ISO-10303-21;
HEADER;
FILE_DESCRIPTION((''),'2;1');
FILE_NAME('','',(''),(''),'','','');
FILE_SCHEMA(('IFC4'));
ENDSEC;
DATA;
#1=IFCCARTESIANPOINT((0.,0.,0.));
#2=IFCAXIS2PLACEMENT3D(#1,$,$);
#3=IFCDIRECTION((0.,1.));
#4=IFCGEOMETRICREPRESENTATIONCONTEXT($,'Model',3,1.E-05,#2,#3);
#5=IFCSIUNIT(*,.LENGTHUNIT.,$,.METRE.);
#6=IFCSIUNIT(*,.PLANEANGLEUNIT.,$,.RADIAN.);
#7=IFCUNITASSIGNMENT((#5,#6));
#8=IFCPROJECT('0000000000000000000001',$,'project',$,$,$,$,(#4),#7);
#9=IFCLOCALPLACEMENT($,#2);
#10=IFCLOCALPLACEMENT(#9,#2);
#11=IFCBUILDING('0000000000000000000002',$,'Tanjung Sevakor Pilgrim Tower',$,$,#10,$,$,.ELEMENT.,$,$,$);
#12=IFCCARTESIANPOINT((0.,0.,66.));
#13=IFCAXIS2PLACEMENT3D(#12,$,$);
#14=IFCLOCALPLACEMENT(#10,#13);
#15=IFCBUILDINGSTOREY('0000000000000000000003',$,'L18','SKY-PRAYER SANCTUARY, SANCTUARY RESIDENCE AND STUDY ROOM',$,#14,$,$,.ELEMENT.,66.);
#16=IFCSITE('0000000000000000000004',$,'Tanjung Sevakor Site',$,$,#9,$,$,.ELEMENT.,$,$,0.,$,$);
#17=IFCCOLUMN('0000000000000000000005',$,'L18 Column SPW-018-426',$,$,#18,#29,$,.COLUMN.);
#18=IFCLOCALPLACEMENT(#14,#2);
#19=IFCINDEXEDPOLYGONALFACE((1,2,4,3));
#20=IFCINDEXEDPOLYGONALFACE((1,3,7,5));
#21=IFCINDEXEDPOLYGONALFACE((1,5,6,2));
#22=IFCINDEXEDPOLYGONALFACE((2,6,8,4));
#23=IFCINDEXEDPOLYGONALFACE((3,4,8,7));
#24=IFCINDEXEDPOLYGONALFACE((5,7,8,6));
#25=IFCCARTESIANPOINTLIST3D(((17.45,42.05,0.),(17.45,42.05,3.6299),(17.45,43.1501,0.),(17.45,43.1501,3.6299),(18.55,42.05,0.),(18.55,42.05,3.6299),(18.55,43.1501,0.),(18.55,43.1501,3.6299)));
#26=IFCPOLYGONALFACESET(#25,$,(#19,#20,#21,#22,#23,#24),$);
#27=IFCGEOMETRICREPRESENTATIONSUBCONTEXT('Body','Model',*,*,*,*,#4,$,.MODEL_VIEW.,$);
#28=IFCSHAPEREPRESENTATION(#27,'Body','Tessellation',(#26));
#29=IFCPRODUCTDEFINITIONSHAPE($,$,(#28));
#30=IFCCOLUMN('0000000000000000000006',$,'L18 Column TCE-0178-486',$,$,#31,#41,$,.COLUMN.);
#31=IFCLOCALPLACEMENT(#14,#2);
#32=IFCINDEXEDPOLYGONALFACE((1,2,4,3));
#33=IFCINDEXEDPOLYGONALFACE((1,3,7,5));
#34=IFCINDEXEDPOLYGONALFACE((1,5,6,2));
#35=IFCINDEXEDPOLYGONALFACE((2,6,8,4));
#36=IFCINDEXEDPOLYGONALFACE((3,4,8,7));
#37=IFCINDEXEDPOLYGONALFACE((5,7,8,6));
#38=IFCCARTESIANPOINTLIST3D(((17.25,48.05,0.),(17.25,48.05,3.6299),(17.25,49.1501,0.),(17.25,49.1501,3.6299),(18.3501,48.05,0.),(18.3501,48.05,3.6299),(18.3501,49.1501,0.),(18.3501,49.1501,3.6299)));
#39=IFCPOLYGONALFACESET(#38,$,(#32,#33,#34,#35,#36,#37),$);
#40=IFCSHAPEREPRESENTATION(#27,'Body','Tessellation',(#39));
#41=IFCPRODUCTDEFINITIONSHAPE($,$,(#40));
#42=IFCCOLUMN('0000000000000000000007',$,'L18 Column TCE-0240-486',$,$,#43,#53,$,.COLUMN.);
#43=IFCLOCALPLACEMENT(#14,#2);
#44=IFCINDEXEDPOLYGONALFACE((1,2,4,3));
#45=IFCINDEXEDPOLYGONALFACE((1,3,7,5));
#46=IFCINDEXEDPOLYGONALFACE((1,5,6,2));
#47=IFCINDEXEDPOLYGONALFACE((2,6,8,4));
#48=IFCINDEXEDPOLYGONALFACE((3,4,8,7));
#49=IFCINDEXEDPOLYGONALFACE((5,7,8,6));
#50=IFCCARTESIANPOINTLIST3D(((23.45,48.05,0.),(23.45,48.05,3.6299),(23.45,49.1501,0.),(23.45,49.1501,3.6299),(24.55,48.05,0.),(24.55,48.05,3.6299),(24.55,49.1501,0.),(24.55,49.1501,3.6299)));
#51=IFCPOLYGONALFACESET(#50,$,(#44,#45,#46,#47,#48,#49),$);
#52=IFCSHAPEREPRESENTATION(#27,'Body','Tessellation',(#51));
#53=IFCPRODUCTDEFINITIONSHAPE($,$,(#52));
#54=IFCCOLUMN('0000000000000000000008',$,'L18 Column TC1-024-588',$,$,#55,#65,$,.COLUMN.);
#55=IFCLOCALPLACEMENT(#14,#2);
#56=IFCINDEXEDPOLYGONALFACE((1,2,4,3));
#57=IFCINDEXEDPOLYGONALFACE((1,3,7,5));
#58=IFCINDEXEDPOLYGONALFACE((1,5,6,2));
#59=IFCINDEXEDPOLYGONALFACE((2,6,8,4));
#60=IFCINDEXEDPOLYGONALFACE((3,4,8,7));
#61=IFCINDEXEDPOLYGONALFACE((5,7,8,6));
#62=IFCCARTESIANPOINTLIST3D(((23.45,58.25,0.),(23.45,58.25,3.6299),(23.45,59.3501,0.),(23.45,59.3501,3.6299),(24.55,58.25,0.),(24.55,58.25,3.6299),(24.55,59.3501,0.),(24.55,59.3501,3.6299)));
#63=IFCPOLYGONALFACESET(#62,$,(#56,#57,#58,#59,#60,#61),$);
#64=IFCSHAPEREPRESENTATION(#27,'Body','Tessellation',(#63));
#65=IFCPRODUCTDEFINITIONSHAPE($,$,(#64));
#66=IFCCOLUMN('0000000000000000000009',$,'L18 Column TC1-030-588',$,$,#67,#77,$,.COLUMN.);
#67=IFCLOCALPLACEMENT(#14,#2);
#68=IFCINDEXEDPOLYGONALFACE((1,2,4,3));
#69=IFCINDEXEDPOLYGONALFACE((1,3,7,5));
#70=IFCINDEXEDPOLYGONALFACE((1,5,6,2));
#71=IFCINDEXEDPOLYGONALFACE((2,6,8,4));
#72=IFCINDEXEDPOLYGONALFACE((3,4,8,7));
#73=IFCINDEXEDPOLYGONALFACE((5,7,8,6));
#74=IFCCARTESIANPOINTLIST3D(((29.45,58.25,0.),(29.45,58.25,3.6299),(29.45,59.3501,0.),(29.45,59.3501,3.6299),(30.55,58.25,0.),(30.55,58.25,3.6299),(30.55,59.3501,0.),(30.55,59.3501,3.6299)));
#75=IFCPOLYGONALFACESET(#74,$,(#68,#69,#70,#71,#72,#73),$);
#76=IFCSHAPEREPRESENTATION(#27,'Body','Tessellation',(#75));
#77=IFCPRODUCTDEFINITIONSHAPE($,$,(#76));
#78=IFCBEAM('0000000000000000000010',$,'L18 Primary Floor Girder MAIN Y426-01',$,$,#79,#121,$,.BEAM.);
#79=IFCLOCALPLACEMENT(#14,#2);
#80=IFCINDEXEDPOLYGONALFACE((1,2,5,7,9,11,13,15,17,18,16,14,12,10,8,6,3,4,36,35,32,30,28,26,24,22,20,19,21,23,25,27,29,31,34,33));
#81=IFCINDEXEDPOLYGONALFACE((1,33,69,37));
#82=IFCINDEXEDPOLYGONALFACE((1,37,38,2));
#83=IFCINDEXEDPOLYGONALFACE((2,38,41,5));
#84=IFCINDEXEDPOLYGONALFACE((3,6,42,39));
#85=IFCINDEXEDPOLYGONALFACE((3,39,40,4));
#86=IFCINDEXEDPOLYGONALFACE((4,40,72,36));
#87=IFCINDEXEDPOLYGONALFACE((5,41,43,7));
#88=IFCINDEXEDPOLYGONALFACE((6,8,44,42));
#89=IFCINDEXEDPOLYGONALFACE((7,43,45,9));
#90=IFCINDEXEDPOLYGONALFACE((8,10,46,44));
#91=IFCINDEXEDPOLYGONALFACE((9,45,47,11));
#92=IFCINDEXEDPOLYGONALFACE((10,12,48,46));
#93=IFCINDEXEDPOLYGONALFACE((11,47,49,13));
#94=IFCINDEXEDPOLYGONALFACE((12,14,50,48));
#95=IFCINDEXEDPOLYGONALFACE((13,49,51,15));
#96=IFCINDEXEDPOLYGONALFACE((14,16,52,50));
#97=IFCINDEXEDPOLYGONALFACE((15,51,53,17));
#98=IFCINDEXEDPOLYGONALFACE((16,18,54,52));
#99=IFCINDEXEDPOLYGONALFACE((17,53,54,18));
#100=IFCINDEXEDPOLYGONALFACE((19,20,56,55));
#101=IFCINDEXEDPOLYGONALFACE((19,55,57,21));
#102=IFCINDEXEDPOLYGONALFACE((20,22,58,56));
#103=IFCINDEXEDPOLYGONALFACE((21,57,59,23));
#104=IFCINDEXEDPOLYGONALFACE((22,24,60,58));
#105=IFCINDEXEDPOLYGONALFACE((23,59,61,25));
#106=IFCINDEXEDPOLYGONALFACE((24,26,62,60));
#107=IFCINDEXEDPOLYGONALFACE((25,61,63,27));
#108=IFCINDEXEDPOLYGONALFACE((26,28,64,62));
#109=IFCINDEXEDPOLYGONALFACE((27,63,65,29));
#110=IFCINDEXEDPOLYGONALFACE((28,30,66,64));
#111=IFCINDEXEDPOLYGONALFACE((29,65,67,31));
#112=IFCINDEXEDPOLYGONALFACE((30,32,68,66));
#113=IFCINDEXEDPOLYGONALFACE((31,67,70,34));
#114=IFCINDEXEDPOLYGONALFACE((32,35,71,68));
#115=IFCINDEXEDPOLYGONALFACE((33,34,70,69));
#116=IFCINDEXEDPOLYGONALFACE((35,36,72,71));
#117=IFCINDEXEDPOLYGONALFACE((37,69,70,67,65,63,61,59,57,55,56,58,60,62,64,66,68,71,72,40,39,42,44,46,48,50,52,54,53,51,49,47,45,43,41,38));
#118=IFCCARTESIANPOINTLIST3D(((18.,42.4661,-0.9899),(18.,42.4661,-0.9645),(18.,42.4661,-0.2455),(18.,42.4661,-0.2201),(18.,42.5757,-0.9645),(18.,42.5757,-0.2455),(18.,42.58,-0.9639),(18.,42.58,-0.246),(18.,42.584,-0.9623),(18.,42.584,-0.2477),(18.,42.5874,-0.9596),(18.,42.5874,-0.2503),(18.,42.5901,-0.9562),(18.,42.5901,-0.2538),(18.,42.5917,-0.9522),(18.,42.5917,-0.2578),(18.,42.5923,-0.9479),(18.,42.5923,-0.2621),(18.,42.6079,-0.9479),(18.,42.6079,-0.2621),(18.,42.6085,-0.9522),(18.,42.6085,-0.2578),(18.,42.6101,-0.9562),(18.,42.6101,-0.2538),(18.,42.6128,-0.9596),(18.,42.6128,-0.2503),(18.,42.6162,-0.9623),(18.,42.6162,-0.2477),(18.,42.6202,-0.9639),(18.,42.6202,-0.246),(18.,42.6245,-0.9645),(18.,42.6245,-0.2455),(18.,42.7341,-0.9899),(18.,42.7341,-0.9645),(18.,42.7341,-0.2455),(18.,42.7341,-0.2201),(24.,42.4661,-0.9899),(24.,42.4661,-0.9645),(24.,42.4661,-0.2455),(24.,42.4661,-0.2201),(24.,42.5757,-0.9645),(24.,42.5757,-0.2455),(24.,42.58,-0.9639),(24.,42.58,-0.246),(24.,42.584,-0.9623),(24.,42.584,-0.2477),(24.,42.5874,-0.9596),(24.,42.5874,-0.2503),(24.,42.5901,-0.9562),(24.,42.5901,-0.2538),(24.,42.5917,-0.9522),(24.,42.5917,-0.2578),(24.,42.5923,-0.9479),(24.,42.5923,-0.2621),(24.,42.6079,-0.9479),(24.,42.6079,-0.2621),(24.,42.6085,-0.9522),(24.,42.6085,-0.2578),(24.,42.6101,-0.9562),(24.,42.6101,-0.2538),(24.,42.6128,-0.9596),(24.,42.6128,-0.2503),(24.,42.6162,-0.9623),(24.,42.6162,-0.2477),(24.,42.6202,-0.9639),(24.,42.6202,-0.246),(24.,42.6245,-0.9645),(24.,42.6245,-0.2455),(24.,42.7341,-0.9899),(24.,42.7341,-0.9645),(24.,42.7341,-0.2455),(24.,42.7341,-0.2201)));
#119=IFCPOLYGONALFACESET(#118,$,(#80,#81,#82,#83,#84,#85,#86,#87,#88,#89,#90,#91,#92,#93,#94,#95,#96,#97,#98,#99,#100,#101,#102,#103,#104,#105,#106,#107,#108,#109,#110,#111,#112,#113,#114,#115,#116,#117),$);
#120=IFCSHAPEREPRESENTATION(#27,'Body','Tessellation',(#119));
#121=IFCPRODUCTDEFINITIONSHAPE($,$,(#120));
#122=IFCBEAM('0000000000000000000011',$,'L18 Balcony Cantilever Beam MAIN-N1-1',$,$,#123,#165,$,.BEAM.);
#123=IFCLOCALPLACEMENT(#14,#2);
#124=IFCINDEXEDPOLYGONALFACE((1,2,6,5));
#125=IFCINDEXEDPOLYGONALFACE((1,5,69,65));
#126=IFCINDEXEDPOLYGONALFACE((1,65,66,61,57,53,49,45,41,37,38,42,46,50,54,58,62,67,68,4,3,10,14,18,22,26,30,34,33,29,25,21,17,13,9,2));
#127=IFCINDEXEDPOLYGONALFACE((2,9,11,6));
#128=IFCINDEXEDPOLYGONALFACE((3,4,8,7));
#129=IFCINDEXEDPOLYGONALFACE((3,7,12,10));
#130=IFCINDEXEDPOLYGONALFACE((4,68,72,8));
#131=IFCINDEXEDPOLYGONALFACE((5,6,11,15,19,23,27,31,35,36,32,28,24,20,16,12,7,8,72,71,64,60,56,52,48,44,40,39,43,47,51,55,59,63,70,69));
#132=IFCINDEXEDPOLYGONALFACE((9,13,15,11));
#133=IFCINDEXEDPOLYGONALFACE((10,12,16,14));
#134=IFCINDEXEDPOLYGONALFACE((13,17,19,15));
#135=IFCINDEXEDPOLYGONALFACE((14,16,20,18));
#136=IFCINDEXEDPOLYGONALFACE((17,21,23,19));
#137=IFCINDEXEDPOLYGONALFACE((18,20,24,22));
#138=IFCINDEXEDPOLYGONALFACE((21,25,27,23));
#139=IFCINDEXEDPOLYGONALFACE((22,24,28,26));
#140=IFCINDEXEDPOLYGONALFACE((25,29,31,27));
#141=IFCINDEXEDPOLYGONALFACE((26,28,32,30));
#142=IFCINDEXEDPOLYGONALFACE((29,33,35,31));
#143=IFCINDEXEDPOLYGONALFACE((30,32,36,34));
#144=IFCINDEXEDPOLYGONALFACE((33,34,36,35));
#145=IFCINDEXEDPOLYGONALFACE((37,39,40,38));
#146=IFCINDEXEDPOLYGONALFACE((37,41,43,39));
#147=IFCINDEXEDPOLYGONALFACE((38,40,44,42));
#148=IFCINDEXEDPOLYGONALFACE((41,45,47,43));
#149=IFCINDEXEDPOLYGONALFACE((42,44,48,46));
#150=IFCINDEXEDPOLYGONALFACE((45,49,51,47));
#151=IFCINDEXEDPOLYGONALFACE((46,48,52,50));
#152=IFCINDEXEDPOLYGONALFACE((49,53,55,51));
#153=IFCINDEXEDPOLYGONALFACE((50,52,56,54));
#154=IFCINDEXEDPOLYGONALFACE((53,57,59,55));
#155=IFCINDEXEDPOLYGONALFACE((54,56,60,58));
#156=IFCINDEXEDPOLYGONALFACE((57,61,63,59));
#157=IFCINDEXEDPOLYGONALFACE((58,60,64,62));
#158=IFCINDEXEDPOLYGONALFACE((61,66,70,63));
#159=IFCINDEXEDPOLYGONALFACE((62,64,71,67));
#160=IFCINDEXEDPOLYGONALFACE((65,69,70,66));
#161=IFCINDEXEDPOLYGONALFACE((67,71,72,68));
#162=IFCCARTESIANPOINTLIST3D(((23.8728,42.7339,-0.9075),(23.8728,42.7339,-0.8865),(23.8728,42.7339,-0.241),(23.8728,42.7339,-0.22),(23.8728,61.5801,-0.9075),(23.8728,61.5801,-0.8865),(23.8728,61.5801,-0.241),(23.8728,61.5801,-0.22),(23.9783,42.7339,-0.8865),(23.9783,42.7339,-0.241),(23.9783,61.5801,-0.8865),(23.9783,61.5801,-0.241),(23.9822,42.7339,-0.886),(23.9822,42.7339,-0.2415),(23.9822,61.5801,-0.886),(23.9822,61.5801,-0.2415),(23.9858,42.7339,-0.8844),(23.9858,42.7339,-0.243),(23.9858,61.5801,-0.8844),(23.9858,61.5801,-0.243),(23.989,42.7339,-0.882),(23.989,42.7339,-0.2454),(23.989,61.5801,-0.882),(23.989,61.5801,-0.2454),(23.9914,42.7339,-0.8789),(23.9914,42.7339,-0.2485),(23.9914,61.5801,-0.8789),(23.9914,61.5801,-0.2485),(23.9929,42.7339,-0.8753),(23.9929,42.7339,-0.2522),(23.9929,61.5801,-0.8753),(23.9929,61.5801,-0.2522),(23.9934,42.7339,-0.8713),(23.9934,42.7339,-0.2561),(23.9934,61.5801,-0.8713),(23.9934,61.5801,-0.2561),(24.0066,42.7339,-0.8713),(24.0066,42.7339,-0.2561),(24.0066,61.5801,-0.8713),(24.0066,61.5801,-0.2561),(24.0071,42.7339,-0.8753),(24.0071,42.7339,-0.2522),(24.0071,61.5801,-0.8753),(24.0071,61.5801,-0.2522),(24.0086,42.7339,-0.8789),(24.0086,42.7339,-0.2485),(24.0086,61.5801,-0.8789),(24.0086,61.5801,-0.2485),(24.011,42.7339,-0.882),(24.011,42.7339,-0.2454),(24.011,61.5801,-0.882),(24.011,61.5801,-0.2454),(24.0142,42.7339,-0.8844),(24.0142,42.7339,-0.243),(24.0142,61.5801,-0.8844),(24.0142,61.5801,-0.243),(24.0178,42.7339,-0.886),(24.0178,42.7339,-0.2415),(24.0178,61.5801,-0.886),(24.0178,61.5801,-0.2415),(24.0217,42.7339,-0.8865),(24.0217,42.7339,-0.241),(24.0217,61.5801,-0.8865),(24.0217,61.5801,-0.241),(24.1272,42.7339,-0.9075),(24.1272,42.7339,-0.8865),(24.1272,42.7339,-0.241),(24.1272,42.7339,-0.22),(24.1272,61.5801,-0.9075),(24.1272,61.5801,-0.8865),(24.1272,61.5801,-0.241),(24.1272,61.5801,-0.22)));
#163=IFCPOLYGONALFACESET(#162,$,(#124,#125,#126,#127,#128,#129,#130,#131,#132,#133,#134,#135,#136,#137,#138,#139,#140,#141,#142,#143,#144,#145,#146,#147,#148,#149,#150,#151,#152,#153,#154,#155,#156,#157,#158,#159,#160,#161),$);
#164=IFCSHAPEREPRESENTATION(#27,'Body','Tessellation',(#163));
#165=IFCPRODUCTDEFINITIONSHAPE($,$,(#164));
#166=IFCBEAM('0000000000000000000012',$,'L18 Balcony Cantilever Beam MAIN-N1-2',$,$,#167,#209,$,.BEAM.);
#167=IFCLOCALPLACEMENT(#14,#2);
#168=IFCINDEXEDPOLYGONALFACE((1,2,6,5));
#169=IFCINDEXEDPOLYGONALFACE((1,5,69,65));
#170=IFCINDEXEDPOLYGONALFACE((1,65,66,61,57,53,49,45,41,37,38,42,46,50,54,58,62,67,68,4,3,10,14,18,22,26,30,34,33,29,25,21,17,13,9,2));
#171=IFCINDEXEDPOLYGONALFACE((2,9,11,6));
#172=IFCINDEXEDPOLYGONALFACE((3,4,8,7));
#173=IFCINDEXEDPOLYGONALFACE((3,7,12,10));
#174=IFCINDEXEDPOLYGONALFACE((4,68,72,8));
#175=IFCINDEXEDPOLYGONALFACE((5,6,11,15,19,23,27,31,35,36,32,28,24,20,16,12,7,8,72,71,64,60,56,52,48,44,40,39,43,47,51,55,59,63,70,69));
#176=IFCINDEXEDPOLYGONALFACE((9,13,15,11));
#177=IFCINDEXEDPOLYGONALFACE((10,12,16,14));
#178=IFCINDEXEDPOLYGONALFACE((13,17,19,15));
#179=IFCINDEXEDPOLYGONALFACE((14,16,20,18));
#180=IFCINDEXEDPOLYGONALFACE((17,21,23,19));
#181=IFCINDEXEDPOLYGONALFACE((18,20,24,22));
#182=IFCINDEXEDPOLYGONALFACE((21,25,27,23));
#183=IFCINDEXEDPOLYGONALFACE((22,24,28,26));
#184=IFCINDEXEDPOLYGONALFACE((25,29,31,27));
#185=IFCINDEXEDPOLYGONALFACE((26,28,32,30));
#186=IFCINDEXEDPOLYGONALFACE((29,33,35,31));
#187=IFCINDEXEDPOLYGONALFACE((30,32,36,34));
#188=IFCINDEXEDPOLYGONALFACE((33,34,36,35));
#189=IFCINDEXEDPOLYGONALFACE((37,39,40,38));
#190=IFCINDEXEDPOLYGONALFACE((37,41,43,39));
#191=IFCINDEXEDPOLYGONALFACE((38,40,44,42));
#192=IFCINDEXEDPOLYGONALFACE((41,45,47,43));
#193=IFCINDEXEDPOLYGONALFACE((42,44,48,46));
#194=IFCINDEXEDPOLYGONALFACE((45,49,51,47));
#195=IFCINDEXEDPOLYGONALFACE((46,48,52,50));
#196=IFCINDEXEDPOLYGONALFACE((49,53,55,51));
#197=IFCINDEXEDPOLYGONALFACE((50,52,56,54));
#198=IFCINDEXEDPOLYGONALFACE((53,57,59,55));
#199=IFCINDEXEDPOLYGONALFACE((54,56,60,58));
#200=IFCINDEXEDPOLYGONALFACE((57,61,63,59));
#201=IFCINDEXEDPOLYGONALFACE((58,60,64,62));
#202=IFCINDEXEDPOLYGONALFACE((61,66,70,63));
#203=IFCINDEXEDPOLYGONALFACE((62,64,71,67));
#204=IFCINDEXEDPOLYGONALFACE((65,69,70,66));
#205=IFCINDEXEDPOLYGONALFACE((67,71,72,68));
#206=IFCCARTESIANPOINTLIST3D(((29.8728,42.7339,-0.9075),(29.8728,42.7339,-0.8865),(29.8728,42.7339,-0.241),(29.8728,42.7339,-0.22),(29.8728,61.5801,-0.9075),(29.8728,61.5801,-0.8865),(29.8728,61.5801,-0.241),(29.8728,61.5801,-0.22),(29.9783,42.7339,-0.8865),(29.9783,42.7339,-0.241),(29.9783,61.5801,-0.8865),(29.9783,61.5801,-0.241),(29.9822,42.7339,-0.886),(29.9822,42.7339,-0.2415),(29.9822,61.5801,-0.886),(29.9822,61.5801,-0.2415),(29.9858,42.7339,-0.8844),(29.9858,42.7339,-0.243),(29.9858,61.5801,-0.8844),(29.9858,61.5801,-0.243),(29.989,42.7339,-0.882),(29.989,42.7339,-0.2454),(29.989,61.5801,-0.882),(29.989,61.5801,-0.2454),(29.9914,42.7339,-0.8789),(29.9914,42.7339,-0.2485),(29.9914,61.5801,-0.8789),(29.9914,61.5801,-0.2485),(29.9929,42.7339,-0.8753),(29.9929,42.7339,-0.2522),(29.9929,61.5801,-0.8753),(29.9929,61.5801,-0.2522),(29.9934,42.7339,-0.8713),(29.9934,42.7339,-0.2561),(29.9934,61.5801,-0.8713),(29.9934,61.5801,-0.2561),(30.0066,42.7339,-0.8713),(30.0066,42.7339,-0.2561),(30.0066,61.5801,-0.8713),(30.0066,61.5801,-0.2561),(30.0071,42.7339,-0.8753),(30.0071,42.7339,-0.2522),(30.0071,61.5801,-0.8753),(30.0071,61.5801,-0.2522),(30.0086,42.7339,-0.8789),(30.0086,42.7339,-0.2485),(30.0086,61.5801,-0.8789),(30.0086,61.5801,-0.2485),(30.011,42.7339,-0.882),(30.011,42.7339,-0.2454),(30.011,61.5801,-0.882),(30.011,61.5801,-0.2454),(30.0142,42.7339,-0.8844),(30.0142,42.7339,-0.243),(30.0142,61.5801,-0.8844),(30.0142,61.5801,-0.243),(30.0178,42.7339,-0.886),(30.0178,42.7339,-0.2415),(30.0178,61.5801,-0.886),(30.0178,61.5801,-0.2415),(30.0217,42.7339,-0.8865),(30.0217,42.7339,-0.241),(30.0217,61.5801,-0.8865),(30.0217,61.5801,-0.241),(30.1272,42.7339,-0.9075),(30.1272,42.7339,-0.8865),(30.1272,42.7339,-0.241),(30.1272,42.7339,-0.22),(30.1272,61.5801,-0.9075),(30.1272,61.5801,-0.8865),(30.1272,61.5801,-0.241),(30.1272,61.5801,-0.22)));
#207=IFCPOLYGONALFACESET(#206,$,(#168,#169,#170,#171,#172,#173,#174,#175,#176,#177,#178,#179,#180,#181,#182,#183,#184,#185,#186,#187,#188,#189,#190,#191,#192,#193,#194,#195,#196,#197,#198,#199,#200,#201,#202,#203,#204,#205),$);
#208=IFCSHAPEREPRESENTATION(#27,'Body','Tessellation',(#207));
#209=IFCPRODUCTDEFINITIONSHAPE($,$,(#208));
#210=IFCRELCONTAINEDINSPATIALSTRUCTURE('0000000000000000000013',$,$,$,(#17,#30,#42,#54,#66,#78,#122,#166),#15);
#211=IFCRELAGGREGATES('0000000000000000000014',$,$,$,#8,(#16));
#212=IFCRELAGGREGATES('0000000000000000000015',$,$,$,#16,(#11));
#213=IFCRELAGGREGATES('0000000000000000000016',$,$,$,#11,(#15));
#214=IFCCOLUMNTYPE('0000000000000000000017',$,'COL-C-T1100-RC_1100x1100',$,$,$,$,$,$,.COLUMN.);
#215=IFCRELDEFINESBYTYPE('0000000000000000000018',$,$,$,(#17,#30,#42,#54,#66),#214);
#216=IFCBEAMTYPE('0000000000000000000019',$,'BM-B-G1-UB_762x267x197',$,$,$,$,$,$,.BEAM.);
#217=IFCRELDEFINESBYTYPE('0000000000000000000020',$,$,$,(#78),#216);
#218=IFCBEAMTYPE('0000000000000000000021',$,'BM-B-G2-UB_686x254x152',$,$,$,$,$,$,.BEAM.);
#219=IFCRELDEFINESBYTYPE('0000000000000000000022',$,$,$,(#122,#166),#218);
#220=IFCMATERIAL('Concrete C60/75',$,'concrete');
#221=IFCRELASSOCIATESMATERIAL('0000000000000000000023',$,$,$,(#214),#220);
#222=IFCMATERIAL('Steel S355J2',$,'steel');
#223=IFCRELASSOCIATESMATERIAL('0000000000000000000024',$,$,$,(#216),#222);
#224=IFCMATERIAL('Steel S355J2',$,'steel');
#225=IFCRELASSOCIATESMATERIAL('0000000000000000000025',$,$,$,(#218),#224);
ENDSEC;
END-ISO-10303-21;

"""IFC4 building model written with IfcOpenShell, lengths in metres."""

from ifc_helpers import new_model, si_unit, direction, frame, origin, origin_2d, place, context, subcontext, project, spatial, rectangle, i_section, extrude, material, material_profile, profile_set, type_object, element, save


model = new_model("IFC4")

# Units and contexts
model_context = context("Model", 3, precision=1e-05, world=origin(), true_north=direction((0.0, 1.0)))
body_context = subcontext(model_context, "Body", "Model", "MODEL_VIEW")
ifc_project = project(units=[si_unit("LENGTHUNIT", "METRE"), si_unit("PLANEANGLEUNIT", "RADIAN")], contexts=[model_context])

# Site, building, storey
site_placement = place(None, origin())
site = spatial("IfcSite", under=ifc_project, at=site_placement, Name="Tanjung Sevakor Site", CompositionType="ELEMENT", RefElevation=0.0)
building_placement = place(site_placement, origin())
building = spatial("IfcBuilding", under=site, at=building_placement, Name="Tanjung Sevakor Pilgrim Tower", CompositionType="ELEMENT")
storey_placement = place(building_placement, frame((0.0, 0.0, 66.0)))
storey = spatial("IfcBuildingStorey", under=building, at=storey_placement, Name="L18", Description="SKY-PRAYER SANCTUARY, SANCTUARY RESIDENCE AND STUDY ROOM", CompositionType="ELEMENT", Elevation=66.0)

# Columns
ifc_material_1 = material(Name="Concrete C60/75", Category="concrete")
ifc_material_profile_1 = material_profile(ifc_material_1, rectangle(XDim=1.1001, YDim=1.1001, at=origin_2d()))
ifc_profile_set_1 = profile_set([ifc_material_profile_1], Name="Concrete C60/75")
column_type = type_object("IfcColumnType", Name="COL-C-T1100-RC_1100x1100", PredefinedType="COLUMN", material=ifc_profile_set_1)
for number, where, z_axis, x_axis, name in (
    (1, (18.0, 42.6001, 0.0), (0.0, 0.0, 1.0), (1.0, 0.0, 0.0), "L18 Column SPW-018-426"),
    (2, (17.8, 48.6001, 0.0), (0.0, 0.0, 1.0), (1.0, 0.0, 0.0), "L18 Column TCE-0178-486"),
    (3, (24.0, 48.6001, 0.0), (0.0, 0.0, 1.0), (1.0, 0.0, 0.0), "L18 Column TCE-0240-486"),
    (4, (24.0, 58.8, 0.0), (0.0, 0.0, 1.0), (1.0, 0.0, 0.0), "L18 Column TC1-024-588"),
    (5, (30.0, 58.8, 0.0), (0.0, 0.0, 1.0), (1.0, 0.0, 0.0), "L18 Column TC1-030-588"),
):
    element("IfcColumn", number, at=place(storey_placement, frame(where, z_axis=z_axis, x_axis=x_axis)), inside=storey, type_object=column_type, Name=name, PredefinedType="COLUMN", context=body_context, shape_type="SweptSolid", body=[
        extrude(rectangle(XDim=1.1001, YDim=1.1001, at=origin_2d()), origin(), (0.0, 0.0, 1.0), 3.6299),
    ])

# Beams
ifc_material_2 = material(Name="Steel S355J2", Category="steel")
ifc_material_profile_2 = material_profile(ifc_material_2, i_section(OverallWidth=0.2681, OverallDepth=0.7698, WebThickness=0.0156, FlangeThickness=0.0254, FilletRadius=0.0166, at=origin_2d()))
ifc_profile_set_2 = profile_set([ifc_material_profile_2], Name="Steel S355J2")
beam_type_1 = type_object("IfcBeamType", Name="BM-B-G1-UB_762x267x197", PredefinedType="BEAM", material=ifc_profile_set_2)
beam_1_placement = place(storey_placement, frame((18.0, 42.6001, -0.605), z_axis=(1.0, 0.0, 0.0), x_axis=(0.0, 1.0, 0.0)))
element("IfcBeam", 6, at=beam_1_placement, inside=storey, type_object=beam_type_1, Name="L18 Primary Floor Girder MAIN Y426-01", PredefinedType="BEAM", context=body_context, shape_type="SweptSolid", body=[
    extrude(i_section(OverallWidth=0.2681, OverallDepth=0.7698, WebThickness=0.0156, FlangeThickness=0.0254, FilletRadius=0.0166, at=origin_2d()), origin(), (0.0, 0.0, 1.0), 6.0),
])
ifc_material_3 = material(Name="Steel S355J2", Category="steel")
ifc_material_profile_3 = material_profile(ifc_material_3, i_section(OverallWidth=0.2544, OverallDepth=0.6875, WebThickness=0.0132, FlangeThickness=0.021, FilletRadius=0.0151, at=origin_2d()))
ifc_profile_set_3 = profile_set([ifc_material_profile_3], Name="Steel S355J2")
beam_type_2 = type_object("IfcBeamType", Name="BM-B-G2-UB_686x254x152", PredefinedType="BEAM", material=ifc_profile_set_3)
for number, where, z_axis, x_axis, name in (
    (7, (24.0, 42.7339, -0.5637), (0.0, 1.0, 0.0), (-1.0, 0.0, 0.0), "L18 Balcony Cantilever Beam MAIN-N1-1"),
    (8, (30.0, 42.7339, -0.5637), (0.0, 1.0, 0.0), (-1.0, 0.0, 0.0), "L18 Balcony Cantilever Beam MAIN-N1-2"),
):
    element("IfcBeam", number, at=place(storey_placement, frame(where, z_axis=z_axis, x_axis=x_axis)), inside=storey, type_object=beam_type_2, Name=name, PredefinedType="BEAM", context=body_context, shape_type="SweptSolid", body=[
        extrude(i_section(OverallWidth=0.2544, OverallDepth=0.6875, WebThickness=0.0132, FlangeThickness=0.021, FilletRadius=0.0151, at=origin_2d()), origin(), (0.0, 0.0, 1.0), 18.8462),
    ])

save(model, "model.ifc")
